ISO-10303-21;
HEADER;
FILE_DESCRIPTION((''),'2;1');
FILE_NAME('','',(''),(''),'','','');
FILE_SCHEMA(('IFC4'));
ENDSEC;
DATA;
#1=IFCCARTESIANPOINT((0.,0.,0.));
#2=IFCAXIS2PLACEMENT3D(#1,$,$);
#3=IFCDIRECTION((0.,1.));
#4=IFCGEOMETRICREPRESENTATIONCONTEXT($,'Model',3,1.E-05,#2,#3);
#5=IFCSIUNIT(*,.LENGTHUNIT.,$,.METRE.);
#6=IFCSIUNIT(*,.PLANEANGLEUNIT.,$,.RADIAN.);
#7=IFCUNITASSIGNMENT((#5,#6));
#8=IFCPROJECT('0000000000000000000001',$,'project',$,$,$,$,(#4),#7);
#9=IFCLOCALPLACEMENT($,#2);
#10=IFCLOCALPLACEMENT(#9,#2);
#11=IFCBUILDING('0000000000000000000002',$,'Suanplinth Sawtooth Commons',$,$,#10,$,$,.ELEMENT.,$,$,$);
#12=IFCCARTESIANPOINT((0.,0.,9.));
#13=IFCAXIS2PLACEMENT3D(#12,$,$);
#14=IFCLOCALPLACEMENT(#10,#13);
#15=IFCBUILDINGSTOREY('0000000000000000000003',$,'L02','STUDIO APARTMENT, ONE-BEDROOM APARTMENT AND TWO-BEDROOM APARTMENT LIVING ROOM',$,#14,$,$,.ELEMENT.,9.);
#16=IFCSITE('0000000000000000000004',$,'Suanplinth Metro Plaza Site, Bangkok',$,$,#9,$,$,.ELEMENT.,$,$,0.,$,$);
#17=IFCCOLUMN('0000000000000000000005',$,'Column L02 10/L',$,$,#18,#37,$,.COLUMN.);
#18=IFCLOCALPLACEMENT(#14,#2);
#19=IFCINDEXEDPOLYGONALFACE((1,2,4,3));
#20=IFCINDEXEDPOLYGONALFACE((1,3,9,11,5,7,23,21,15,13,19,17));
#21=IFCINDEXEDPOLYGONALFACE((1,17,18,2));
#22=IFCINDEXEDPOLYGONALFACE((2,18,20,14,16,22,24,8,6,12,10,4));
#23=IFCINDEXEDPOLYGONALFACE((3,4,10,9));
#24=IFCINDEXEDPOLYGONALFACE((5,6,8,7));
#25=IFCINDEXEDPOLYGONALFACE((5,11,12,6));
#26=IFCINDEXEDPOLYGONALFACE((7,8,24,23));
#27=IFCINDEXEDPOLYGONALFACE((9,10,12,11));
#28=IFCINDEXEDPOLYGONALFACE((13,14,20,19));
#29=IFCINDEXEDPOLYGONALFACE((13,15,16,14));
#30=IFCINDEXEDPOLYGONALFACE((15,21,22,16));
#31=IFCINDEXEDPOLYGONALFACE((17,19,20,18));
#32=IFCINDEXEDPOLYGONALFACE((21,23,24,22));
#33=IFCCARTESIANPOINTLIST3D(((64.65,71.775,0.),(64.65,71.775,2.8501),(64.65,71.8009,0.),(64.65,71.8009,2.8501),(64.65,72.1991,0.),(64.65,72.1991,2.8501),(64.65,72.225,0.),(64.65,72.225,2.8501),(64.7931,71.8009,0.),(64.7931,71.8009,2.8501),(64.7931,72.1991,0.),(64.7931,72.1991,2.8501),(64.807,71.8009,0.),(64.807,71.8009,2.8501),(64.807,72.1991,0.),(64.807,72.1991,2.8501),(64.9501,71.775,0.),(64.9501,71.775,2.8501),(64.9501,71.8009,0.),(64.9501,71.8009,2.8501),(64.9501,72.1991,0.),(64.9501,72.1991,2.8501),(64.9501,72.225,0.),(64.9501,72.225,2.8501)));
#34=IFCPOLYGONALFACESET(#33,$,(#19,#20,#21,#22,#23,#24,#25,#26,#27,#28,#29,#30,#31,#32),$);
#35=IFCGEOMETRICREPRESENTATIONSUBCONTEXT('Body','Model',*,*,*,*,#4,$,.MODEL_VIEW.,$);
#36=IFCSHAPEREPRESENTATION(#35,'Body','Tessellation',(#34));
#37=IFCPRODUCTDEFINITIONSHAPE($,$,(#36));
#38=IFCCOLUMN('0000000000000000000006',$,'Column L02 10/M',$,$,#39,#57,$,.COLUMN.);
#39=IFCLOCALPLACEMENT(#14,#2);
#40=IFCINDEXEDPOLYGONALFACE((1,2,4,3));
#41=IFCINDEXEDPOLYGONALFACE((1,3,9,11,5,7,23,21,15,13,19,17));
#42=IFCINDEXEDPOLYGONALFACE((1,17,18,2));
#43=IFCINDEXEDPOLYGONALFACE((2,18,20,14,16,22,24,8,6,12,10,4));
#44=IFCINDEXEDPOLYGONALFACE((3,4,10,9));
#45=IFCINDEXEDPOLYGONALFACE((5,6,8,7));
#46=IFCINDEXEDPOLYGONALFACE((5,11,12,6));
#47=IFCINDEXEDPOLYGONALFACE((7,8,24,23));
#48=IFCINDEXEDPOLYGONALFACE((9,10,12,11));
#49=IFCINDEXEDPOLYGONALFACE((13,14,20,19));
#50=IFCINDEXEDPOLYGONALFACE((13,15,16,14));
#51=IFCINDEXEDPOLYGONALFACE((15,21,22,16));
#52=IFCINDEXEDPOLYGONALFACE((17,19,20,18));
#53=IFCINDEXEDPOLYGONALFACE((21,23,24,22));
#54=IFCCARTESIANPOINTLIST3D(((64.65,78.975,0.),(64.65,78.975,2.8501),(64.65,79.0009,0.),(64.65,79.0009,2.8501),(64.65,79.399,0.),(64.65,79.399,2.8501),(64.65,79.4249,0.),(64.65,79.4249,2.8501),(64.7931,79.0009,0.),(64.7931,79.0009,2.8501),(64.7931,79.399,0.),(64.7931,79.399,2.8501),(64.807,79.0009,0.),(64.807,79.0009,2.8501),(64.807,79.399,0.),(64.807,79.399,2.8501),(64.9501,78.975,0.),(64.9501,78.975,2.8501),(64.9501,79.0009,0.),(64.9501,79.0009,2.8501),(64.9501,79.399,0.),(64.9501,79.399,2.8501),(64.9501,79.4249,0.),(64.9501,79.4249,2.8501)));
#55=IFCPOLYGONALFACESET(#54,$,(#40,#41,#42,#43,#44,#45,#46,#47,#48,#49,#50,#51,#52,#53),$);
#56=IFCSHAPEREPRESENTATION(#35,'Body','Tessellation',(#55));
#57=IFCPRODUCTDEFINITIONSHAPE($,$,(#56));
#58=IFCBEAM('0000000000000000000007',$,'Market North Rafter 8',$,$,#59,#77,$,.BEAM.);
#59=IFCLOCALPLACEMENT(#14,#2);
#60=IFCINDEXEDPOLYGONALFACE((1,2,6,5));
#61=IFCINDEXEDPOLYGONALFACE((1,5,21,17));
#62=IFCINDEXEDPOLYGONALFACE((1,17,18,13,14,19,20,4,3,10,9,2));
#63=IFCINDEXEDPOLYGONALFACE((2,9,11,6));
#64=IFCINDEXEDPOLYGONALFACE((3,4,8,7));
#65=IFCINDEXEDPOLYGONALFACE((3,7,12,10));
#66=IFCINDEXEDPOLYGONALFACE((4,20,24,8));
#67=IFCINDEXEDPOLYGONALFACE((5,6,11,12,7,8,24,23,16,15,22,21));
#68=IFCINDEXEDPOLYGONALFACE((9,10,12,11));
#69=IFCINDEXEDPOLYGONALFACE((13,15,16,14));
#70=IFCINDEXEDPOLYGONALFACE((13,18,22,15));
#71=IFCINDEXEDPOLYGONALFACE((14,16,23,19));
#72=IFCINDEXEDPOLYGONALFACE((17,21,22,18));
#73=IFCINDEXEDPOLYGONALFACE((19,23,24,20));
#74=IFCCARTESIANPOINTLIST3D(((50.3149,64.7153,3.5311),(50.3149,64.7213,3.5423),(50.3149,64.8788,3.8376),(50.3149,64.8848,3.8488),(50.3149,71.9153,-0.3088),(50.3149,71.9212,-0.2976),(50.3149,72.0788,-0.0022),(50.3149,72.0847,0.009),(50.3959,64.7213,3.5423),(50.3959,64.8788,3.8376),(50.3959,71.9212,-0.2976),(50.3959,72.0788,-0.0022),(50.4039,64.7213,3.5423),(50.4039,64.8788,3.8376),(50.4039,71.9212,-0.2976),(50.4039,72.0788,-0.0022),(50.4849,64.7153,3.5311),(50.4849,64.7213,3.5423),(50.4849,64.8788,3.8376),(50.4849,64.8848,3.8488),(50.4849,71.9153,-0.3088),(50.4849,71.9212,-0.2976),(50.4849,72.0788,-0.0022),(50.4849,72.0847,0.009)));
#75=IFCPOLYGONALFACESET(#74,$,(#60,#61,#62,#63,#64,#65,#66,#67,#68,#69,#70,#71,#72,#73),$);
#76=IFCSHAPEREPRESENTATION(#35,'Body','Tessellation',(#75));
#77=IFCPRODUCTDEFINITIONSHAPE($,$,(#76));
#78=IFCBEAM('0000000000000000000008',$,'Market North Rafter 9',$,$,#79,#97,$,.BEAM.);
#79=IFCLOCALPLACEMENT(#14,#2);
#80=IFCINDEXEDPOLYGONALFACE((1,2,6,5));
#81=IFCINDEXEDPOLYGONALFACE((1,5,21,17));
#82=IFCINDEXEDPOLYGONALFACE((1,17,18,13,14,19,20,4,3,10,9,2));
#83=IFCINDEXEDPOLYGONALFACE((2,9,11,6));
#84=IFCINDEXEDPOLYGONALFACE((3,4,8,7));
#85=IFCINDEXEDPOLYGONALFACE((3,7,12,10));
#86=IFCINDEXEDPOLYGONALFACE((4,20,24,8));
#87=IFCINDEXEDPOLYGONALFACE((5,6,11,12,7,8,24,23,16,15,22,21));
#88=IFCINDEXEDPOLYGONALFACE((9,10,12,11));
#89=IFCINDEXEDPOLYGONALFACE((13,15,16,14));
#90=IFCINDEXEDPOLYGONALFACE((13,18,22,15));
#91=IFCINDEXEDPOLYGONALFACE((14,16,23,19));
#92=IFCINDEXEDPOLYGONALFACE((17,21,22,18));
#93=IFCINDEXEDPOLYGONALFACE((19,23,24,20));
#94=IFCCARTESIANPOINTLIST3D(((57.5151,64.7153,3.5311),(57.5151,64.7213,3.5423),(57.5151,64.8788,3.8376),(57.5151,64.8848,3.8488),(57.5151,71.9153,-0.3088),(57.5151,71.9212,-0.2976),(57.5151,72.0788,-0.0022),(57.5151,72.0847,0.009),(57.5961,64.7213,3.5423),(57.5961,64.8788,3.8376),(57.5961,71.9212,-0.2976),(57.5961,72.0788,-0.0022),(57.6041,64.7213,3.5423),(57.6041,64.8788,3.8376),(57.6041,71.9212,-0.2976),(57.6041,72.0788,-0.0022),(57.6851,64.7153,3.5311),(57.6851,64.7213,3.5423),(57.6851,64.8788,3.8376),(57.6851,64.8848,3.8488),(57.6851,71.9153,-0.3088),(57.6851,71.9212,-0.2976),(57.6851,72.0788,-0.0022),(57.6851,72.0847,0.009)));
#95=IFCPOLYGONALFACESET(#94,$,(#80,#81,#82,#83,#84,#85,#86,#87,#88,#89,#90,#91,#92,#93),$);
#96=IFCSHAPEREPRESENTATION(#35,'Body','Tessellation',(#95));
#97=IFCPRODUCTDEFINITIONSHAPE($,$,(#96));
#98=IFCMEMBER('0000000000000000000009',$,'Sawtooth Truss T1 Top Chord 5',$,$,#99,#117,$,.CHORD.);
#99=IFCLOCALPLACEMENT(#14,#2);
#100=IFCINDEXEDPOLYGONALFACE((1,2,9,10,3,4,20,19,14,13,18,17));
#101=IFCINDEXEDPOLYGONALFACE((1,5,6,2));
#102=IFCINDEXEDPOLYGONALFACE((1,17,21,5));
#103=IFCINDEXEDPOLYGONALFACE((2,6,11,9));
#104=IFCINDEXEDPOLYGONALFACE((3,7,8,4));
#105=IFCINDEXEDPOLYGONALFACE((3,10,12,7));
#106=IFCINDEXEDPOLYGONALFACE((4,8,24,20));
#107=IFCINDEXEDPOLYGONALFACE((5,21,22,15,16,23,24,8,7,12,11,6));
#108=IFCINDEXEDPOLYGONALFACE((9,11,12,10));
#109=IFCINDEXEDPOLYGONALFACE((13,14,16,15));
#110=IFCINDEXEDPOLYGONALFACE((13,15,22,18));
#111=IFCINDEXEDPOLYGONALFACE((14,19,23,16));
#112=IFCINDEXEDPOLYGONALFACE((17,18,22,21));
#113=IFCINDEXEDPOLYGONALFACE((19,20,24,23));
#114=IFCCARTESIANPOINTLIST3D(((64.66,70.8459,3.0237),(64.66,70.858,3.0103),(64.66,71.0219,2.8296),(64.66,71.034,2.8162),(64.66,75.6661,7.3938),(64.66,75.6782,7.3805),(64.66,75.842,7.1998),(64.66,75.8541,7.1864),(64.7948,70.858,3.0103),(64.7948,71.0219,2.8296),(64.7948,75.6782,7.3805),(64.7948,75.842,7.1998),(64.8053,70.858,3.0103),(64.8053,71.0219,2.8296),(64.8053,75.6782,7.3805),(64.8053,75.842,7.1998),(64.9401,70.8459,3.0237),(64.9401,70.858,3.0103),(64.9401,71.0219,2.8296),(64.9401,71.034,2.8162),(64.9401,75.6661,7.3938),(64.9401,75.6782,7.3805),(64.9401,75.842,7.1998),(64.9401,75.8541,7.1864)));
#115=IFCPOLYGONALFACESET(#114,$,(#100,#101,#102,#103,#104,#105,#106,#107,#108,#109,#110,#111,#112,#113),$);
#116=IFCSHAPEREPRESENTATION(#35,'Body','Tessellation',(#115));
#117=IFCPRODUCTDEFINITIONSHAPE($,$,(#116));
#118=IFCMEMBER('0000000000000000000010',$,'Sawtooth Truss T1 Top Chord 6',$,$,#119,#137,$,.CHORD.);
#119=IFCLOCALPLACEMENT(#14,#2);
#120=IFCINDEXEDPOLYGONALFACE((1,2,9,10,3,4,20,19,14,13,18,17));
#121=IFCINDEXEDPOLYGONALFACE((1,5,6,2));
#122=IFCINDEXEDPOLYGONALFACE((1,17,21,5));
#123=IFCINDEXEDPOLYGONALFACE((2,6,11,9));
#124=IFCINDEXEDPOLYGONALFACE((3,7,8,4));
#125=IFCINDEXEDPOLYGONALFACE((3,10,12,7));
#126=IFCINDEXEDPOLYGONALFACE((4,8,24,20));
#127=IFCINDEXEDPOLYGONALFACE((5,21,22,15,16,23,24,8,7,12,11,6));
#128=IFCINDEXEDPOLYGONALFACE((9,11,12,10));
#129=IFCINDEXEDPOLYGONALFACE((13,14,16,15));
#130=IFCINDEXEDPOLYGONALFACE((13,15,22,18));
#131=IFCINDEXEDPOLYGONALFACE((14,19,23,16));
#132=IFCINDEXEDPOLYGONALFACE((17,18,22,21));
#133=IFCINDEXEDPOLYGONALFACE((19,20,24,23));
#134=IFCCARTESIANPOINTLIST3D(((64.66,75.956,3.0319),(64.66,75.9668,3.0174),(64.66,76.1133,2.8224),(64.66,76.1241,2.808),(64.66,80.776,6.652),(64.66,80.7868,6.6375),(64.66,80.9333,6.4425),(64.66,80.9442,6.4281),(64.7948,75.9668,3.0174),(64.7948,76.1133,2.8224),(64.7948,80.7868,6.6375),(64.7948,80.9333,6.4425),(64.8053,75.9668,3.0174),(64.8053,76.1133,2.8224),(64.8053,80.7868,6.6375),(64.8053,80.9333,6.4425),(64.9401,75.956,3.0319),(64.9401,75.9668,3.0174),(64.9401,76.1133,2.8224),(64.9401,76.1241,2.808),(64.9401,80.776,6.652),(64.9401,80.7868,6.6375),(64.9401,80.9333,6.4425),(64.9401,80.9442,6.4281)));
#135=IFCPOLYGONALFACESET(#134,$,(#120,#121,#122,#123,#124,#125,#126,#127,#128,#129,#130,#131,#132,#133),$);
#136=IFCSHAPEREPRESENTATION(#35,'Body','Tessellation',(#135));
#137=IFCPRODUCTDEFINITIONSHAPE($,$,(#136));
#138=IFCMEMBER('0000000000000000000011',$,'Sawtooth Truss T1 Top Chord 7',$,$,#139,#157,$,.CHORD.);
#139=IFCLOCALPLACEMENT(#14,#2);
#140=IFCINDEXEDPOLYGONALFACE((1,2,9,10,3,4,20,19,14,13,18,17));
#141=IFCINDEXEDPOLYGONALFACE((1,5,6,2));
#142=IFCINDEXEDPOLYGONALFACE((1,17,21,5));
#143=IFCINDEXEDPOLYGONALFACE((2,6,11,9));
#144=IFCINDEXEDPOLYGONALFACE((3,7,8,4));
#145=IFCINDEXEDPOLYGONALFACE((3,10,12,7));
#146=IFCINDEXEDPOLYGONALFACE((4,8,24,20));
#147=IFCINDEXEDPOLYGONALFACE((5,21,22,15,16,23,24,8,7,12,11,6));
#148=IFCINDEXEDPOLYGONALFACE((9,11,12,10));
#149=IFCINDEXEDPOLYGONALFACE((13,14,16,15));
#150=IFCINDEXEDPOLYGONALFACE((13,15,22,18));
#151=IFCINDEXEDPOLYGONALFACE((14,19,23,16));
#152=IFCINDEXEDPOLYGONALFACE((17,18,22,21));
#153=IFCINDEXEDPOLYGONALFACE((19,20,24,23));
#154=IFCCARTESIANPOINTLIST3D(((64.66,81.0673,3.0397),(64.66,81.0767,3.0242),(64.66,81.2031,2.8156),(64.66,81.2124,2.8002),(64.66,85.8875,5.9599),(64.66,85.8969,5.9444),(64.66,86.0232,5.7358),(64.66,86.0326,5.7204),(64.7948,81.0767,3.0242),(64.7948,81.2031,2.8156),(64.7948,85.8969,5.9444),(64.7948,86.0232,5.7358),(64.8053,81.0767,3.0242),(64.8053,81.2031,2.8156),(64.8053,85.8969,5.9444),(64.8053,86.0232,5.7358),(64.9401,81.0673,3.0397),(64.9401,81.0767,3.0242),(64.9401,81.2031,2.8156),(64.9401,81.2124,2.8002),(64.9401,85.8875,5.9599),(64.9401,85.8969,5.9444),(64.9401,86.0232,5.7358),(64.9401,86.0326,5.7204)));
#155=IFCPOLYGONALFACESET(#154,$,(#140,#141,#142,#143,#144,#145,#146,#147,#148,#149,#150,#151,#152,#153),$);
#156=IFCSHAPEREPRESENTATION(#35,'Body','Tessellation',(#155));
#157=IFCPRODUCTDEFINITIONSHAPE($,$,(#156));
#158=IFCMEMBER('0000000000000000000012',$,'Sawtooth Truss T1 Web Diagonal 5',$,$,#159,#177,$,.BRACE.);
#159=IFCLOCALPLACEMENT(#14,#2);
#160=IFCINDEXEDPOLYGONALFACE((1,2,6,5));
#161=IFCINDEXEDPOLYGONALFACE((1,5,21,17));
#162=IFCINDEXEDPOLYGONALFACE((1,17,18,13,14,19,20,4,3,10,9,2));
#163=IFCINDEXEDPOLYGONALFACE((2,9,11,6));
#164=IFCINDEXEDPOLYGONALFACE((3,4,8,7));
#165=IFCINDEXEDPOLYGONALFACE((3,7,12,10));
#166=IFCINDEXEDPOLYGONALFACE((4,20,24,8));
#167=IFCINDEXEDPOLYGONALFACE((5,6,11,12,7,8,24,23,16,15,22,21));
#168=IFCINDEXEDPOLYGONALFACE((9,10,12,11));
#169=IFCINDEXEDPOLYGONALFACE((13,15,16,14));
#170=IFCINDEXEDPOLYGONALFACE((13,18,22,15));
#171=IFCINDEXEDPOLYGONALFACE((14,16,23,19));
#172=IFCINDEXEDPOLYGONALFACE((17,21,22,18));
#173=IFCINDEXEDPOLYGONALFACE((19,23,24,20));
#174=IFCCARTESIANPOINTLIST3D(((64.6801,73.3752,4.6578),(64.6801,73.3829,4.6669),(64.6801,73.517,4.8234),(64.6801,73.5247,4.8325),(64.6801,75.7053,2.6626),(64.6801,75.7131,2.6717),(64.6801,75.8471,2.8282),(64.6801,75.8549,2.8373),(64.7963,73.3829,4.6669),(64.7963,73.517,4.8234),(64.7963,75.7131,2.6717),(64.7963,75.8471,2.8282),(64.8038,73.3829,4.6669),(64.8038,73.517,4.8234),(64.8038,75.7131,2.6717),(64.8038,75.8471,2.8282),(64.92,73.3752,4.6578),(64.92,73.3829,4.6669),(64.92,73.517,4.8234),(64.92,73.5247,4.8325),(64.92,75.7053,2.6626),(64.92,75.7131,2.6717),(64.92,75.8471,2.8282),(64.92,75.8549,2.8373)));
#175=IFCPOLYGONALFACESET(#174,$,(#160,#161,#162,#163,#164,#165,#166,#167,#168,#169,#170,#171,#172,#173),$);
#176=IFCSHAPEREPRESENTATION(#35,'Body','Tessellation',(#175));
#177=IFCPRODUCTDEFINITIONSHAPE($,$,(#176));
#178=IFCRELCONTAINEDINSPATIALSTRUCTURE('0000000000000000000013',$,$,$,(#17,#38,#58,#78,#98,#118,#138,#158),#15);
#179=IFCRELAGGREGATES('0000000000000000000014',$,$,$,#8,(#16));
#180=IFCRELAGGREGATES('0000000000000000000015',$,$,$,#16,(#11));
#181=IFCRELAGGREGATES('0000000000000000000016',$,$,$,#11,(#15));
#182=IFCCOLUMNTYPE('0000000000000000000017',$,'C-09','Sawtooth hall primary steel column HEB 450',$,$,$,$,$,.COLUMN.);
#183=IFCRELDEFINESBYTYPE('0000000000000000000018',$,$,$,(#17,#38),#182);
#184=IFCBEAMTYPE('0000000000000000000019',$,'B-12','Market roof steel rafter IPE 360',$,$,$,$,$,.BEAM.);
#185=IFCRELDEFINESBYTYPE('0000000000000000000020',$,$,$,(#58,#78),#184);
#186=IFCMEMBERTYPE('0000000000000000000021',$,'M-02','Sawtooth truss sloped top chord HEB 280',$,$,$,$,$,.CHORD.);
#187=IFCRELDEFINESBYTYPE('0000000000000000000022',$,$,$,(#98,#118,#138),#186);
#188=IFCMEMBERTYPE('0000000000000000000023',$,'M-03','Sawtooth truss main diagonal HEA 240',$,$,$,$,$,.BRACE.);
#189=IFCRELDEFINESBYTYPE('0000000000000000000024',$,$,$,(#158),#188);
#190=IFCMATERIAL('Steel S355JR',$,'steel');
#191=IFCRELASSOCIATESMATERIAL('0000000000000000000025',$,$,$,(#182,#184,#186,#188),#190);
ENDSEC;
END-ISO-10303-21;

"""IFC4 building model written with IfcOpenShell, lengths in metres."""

from ifc_helpers import new_model, si_unit, direction, frame, origin, origin_2d, place, context, subcontext, project, spatial, i_section, extrude, material, material_profile, profile_set, type_object, element, save


model = new_model("IFC4")

# Units and contexts
model_context = context("Model", 3, precision=1e-05, world=origin(), true_north=direction((0.0, 1.0)))
body_context = subcontext(model_context, "Body", "Model", "MODEL_VIEW")
ifc_project = project(units=[si_unit("LENGTHUNIT", "METRE"), si_unit("PLANEANGLEUNIT", "RADIAN")], contexts=[model_context])

# Site, building, storey
site_placement = place(None, origin())
site = spatial("IfcSite", under=ifc_project, at=site_placement, Name="Suanplinth Metro Plaza Site, Bangkok", CompositionType="ELEMENT", RefElevation=0.0)
building_placement = place(site_placement, origin())
building = spatial("IfcBuilding", under=site, at=building_placement, Name="Suanplinth Sawtooth Commons", CompositionType="ELEMENT")
storey_placement = place(building_placement, frame((0.0, 0.0, 9.0)))
storey = spatial("IfcBuildingStorey", under=building, at=storey_placement, Name="L02", Description="STUDIO APARTMENT, ONE-BEDROOM APARTMENT AND TWO-BEDROOM APARTMENT LIVING ROOM", CompositionType="ELEMENT", Elevation=9.0)

# Columns
ifc_material_1 = material(Name="Steel S355JR", Category="steel")
ifc_material_profile_1 = material_profile(ifc_material_1, i_section(OverallWidth=0.3, OverallDepth=0.45, WebThickness=0.0139, FlangeThickness=0.0259, at=origin_2d()), Name="HEB 450")
ifc_profile_set_1 = profile_set([ifc_material_profile_1], Name="Steel S355JR")
column_type = type_object("IfcColumnType", Name="C-09", Description="Sawtooth hall primary steel column HEB 450", PredefinedType="COLUMN", material=ifc_profile_set_1)
for number, where, z_axis, x_axis, name in (
    (1, (64.8, 72.0, 0.0), (0.0, 0.0, 1.0), (1.0, 0.0, 0.0), "Column L02 10/L"),
    (2, (64.8, 79.2, 0.0), (0.0, 0.0, 1.0), (1.0, 0.0, 0.0), "Column L02 10/M"),
):
    element("IfcColumn", number, at=place(storey_placement, frame(where, z_axis=z_axis, x_axis=x_axis)), inside=storey, type_object=column_type, Name=name, PredefinedType="COLUMN", context=body_context, shape_type="SweptSolid", body=[
        extrude(i_section(OverallWidth=0.3, OverallDepth=0.45, WebThickness=0.0139, FlangeThickness=0.0259, at=origin_2d()), origin(), (0.0, 0.0, 1.0), 2.8501),
    ])

# Beams
ifc_material_profile_2 = material_profile(ifc_material_1, i_section(OverallWidth=0.1699, OverallDepth=0.3601, WebThickness=0.0081, FlangeThickness=0.0127, at=origin_2d()), Name="IPE 360")
ifc_profile_set_2 = profile_set([ifc_material_profile_2], Name="Steel S355JR")
beam_type = type_object("IfcBeamType", Name="B-12", Description="Market roof steel rafter IPE 360", PredefinedType="BEAM", material=ifc_profile_set_2)
for number, where, z_axis, x_axis, name in (
    (3, (50.3999, 72.0, -0.1499), (0.0, -0.88236, 0.470576), (1.0, 0.0, 0.0), "Market North Rafter 8"),
    (4, (57.6001, 72.0, -0.1499), (0.0, -0.88236, 0.470576), (1.0, 0.0, 0.0), "Market North Rafter 9"),
):
    element("IfcBeam", number, at=place(storey_placement, frame(where, z_axis=z_axis, x_axis=x_axis)), inside=storey, type_object=beam_type, Name=name, PredefinedType="BEAM", context=body_context, shape_type="SweptSolid", body=[
        extrude(i_section(OverallWidth=0.1699, OverallDepth=0.3601, WebThickness=0.0081, FlangeThickness=0.0127, at=origin_2d()), origin(), (0.0, 0.0, 1.0), 8.1599),
    ])

# Members
ifc_material_profile_3 = material_profile(ifc_material_1, i_section(OverallWidth=0.28, OverallDepth=0.28, WebThickness=0.0105, FlangeThickness=0.0181, at=origin_2d()), Name="HEB 280")
ifc_profile_set_3 = profile_set([ifc_material_profile_3], Name="Steel S355JR")
member_type_1 = type_object("IfcMemberType", Name="M-02", Description="Sawtooth truss sloped top chord HEB 280", PredefinedType="CHORD", material=ifc_profile_set_3)
member_1_placement = place(storey_placement, frame((64.8, 70.9399, 2.9199), z_axis=(0.0, 0.740839, 0.671682), x_axis=(-1.0, 0.0, 0.0)))
element("IfcMember", 5, at=member_1_placement, inside=storey, type_object=member_type_1, Name="Sawtooth Truss T1 Top Chord 5", PredefinedType="CHORD", context=body_context, shape_type="SweptSolid", body=[
    extrude(i_section(OverallWidth=0.28, OverallDepth=0.28, WebThickness=0.0105, FlangeThickness=0.0181, at=origin_2d()), origin(), (0.0, 0.0, 1.0), 6.5063),
])
member_2_placement = place(storey_placement, frame((64.8, 76.04, 2.9199), z_axis=(0.0, 0.799596, 0.600538), x_axis=(-1.0, 0.0, 0.0)))
element("IfcMember", 6, at=member_2_placement, inside=storey, type_object=member_type_1, Name="Sawtooth Truss T1 Top Chord 6", PredefinedType="CHORD", context=body_context, shape_type="SweptSolid", body=[
    extrude(i_section(OverallWidth=0.28, OverallDepth=0.28, WebThickness=0.0105, FlangeThickness=0.0181, at=origin_2d()), origin(), (0.0, 0.0, 1.0), 6.0281),
])
member_3_placement = place(storey_placement, frame((64.8, 81.1399, 2.9199), z_axis=(0.0, 0.855283, 0.518161), x_axis=(-1.0, 0.0, 0.0)))
element("IfcMember", 7, at=member_3_placement, inside=storey, type_object=member_type_1, Name="Sawtooth Truss T1 Top Chord 7", PredefinedType="CHORD", context=body_context, shape_type="SweptSolid", body=[
    extrude(i_section(OverallWidth=0.28, OverallDepth=0.28, WebThickness=0.0105, FlangeThickness=0.0181, at=origin_2d()), origin(), (0.0, 0.0, 1.0), 5.6357),
])
ifc_material_profile_4 = material_profile(ifc_material_1, i_section(OverallWidth=0.24, OverallDepth=0.23, WebThickness=0.0076, FlangeThickness=0.012, at=origin_2d()), Name="HEA 240")
ifc_profile_set_4 = profile_set([ifc_material_profile_4], Name="Steel S355JR")
member_type_2 = type_object("IfcMemberType", Name="M-03", Description="Sawtooth truss main diagonal HEA 240", PredefinedType="BRACE", material=ifc_profile_set_4)
member_4_placement = place(storey_placement, frame((64.8, 73.45, 4.7451), z_axis=(0.0, 0.759594, -0.650398), x_axis=(-1.0, 0.0, 0.0)))
element("IfcMember", 8, at=member_4_placement, inside=storey, type_object=member_type_2, Name="Sawtooth Truss T1 Web Diagonal 5", PredefinedType="BRACE", context=body_context, shape_type="SweptSolid", body=[
    extrude(i_section(OverallWidth=0.24, OverallDepth=0.23, WebThickness=0.0076, FlangeThickness=0.012, at=origin_2d()), origin(), (0.0, 0.0, 1.0), 3.0676),
])

save(model, "model.ifc")
